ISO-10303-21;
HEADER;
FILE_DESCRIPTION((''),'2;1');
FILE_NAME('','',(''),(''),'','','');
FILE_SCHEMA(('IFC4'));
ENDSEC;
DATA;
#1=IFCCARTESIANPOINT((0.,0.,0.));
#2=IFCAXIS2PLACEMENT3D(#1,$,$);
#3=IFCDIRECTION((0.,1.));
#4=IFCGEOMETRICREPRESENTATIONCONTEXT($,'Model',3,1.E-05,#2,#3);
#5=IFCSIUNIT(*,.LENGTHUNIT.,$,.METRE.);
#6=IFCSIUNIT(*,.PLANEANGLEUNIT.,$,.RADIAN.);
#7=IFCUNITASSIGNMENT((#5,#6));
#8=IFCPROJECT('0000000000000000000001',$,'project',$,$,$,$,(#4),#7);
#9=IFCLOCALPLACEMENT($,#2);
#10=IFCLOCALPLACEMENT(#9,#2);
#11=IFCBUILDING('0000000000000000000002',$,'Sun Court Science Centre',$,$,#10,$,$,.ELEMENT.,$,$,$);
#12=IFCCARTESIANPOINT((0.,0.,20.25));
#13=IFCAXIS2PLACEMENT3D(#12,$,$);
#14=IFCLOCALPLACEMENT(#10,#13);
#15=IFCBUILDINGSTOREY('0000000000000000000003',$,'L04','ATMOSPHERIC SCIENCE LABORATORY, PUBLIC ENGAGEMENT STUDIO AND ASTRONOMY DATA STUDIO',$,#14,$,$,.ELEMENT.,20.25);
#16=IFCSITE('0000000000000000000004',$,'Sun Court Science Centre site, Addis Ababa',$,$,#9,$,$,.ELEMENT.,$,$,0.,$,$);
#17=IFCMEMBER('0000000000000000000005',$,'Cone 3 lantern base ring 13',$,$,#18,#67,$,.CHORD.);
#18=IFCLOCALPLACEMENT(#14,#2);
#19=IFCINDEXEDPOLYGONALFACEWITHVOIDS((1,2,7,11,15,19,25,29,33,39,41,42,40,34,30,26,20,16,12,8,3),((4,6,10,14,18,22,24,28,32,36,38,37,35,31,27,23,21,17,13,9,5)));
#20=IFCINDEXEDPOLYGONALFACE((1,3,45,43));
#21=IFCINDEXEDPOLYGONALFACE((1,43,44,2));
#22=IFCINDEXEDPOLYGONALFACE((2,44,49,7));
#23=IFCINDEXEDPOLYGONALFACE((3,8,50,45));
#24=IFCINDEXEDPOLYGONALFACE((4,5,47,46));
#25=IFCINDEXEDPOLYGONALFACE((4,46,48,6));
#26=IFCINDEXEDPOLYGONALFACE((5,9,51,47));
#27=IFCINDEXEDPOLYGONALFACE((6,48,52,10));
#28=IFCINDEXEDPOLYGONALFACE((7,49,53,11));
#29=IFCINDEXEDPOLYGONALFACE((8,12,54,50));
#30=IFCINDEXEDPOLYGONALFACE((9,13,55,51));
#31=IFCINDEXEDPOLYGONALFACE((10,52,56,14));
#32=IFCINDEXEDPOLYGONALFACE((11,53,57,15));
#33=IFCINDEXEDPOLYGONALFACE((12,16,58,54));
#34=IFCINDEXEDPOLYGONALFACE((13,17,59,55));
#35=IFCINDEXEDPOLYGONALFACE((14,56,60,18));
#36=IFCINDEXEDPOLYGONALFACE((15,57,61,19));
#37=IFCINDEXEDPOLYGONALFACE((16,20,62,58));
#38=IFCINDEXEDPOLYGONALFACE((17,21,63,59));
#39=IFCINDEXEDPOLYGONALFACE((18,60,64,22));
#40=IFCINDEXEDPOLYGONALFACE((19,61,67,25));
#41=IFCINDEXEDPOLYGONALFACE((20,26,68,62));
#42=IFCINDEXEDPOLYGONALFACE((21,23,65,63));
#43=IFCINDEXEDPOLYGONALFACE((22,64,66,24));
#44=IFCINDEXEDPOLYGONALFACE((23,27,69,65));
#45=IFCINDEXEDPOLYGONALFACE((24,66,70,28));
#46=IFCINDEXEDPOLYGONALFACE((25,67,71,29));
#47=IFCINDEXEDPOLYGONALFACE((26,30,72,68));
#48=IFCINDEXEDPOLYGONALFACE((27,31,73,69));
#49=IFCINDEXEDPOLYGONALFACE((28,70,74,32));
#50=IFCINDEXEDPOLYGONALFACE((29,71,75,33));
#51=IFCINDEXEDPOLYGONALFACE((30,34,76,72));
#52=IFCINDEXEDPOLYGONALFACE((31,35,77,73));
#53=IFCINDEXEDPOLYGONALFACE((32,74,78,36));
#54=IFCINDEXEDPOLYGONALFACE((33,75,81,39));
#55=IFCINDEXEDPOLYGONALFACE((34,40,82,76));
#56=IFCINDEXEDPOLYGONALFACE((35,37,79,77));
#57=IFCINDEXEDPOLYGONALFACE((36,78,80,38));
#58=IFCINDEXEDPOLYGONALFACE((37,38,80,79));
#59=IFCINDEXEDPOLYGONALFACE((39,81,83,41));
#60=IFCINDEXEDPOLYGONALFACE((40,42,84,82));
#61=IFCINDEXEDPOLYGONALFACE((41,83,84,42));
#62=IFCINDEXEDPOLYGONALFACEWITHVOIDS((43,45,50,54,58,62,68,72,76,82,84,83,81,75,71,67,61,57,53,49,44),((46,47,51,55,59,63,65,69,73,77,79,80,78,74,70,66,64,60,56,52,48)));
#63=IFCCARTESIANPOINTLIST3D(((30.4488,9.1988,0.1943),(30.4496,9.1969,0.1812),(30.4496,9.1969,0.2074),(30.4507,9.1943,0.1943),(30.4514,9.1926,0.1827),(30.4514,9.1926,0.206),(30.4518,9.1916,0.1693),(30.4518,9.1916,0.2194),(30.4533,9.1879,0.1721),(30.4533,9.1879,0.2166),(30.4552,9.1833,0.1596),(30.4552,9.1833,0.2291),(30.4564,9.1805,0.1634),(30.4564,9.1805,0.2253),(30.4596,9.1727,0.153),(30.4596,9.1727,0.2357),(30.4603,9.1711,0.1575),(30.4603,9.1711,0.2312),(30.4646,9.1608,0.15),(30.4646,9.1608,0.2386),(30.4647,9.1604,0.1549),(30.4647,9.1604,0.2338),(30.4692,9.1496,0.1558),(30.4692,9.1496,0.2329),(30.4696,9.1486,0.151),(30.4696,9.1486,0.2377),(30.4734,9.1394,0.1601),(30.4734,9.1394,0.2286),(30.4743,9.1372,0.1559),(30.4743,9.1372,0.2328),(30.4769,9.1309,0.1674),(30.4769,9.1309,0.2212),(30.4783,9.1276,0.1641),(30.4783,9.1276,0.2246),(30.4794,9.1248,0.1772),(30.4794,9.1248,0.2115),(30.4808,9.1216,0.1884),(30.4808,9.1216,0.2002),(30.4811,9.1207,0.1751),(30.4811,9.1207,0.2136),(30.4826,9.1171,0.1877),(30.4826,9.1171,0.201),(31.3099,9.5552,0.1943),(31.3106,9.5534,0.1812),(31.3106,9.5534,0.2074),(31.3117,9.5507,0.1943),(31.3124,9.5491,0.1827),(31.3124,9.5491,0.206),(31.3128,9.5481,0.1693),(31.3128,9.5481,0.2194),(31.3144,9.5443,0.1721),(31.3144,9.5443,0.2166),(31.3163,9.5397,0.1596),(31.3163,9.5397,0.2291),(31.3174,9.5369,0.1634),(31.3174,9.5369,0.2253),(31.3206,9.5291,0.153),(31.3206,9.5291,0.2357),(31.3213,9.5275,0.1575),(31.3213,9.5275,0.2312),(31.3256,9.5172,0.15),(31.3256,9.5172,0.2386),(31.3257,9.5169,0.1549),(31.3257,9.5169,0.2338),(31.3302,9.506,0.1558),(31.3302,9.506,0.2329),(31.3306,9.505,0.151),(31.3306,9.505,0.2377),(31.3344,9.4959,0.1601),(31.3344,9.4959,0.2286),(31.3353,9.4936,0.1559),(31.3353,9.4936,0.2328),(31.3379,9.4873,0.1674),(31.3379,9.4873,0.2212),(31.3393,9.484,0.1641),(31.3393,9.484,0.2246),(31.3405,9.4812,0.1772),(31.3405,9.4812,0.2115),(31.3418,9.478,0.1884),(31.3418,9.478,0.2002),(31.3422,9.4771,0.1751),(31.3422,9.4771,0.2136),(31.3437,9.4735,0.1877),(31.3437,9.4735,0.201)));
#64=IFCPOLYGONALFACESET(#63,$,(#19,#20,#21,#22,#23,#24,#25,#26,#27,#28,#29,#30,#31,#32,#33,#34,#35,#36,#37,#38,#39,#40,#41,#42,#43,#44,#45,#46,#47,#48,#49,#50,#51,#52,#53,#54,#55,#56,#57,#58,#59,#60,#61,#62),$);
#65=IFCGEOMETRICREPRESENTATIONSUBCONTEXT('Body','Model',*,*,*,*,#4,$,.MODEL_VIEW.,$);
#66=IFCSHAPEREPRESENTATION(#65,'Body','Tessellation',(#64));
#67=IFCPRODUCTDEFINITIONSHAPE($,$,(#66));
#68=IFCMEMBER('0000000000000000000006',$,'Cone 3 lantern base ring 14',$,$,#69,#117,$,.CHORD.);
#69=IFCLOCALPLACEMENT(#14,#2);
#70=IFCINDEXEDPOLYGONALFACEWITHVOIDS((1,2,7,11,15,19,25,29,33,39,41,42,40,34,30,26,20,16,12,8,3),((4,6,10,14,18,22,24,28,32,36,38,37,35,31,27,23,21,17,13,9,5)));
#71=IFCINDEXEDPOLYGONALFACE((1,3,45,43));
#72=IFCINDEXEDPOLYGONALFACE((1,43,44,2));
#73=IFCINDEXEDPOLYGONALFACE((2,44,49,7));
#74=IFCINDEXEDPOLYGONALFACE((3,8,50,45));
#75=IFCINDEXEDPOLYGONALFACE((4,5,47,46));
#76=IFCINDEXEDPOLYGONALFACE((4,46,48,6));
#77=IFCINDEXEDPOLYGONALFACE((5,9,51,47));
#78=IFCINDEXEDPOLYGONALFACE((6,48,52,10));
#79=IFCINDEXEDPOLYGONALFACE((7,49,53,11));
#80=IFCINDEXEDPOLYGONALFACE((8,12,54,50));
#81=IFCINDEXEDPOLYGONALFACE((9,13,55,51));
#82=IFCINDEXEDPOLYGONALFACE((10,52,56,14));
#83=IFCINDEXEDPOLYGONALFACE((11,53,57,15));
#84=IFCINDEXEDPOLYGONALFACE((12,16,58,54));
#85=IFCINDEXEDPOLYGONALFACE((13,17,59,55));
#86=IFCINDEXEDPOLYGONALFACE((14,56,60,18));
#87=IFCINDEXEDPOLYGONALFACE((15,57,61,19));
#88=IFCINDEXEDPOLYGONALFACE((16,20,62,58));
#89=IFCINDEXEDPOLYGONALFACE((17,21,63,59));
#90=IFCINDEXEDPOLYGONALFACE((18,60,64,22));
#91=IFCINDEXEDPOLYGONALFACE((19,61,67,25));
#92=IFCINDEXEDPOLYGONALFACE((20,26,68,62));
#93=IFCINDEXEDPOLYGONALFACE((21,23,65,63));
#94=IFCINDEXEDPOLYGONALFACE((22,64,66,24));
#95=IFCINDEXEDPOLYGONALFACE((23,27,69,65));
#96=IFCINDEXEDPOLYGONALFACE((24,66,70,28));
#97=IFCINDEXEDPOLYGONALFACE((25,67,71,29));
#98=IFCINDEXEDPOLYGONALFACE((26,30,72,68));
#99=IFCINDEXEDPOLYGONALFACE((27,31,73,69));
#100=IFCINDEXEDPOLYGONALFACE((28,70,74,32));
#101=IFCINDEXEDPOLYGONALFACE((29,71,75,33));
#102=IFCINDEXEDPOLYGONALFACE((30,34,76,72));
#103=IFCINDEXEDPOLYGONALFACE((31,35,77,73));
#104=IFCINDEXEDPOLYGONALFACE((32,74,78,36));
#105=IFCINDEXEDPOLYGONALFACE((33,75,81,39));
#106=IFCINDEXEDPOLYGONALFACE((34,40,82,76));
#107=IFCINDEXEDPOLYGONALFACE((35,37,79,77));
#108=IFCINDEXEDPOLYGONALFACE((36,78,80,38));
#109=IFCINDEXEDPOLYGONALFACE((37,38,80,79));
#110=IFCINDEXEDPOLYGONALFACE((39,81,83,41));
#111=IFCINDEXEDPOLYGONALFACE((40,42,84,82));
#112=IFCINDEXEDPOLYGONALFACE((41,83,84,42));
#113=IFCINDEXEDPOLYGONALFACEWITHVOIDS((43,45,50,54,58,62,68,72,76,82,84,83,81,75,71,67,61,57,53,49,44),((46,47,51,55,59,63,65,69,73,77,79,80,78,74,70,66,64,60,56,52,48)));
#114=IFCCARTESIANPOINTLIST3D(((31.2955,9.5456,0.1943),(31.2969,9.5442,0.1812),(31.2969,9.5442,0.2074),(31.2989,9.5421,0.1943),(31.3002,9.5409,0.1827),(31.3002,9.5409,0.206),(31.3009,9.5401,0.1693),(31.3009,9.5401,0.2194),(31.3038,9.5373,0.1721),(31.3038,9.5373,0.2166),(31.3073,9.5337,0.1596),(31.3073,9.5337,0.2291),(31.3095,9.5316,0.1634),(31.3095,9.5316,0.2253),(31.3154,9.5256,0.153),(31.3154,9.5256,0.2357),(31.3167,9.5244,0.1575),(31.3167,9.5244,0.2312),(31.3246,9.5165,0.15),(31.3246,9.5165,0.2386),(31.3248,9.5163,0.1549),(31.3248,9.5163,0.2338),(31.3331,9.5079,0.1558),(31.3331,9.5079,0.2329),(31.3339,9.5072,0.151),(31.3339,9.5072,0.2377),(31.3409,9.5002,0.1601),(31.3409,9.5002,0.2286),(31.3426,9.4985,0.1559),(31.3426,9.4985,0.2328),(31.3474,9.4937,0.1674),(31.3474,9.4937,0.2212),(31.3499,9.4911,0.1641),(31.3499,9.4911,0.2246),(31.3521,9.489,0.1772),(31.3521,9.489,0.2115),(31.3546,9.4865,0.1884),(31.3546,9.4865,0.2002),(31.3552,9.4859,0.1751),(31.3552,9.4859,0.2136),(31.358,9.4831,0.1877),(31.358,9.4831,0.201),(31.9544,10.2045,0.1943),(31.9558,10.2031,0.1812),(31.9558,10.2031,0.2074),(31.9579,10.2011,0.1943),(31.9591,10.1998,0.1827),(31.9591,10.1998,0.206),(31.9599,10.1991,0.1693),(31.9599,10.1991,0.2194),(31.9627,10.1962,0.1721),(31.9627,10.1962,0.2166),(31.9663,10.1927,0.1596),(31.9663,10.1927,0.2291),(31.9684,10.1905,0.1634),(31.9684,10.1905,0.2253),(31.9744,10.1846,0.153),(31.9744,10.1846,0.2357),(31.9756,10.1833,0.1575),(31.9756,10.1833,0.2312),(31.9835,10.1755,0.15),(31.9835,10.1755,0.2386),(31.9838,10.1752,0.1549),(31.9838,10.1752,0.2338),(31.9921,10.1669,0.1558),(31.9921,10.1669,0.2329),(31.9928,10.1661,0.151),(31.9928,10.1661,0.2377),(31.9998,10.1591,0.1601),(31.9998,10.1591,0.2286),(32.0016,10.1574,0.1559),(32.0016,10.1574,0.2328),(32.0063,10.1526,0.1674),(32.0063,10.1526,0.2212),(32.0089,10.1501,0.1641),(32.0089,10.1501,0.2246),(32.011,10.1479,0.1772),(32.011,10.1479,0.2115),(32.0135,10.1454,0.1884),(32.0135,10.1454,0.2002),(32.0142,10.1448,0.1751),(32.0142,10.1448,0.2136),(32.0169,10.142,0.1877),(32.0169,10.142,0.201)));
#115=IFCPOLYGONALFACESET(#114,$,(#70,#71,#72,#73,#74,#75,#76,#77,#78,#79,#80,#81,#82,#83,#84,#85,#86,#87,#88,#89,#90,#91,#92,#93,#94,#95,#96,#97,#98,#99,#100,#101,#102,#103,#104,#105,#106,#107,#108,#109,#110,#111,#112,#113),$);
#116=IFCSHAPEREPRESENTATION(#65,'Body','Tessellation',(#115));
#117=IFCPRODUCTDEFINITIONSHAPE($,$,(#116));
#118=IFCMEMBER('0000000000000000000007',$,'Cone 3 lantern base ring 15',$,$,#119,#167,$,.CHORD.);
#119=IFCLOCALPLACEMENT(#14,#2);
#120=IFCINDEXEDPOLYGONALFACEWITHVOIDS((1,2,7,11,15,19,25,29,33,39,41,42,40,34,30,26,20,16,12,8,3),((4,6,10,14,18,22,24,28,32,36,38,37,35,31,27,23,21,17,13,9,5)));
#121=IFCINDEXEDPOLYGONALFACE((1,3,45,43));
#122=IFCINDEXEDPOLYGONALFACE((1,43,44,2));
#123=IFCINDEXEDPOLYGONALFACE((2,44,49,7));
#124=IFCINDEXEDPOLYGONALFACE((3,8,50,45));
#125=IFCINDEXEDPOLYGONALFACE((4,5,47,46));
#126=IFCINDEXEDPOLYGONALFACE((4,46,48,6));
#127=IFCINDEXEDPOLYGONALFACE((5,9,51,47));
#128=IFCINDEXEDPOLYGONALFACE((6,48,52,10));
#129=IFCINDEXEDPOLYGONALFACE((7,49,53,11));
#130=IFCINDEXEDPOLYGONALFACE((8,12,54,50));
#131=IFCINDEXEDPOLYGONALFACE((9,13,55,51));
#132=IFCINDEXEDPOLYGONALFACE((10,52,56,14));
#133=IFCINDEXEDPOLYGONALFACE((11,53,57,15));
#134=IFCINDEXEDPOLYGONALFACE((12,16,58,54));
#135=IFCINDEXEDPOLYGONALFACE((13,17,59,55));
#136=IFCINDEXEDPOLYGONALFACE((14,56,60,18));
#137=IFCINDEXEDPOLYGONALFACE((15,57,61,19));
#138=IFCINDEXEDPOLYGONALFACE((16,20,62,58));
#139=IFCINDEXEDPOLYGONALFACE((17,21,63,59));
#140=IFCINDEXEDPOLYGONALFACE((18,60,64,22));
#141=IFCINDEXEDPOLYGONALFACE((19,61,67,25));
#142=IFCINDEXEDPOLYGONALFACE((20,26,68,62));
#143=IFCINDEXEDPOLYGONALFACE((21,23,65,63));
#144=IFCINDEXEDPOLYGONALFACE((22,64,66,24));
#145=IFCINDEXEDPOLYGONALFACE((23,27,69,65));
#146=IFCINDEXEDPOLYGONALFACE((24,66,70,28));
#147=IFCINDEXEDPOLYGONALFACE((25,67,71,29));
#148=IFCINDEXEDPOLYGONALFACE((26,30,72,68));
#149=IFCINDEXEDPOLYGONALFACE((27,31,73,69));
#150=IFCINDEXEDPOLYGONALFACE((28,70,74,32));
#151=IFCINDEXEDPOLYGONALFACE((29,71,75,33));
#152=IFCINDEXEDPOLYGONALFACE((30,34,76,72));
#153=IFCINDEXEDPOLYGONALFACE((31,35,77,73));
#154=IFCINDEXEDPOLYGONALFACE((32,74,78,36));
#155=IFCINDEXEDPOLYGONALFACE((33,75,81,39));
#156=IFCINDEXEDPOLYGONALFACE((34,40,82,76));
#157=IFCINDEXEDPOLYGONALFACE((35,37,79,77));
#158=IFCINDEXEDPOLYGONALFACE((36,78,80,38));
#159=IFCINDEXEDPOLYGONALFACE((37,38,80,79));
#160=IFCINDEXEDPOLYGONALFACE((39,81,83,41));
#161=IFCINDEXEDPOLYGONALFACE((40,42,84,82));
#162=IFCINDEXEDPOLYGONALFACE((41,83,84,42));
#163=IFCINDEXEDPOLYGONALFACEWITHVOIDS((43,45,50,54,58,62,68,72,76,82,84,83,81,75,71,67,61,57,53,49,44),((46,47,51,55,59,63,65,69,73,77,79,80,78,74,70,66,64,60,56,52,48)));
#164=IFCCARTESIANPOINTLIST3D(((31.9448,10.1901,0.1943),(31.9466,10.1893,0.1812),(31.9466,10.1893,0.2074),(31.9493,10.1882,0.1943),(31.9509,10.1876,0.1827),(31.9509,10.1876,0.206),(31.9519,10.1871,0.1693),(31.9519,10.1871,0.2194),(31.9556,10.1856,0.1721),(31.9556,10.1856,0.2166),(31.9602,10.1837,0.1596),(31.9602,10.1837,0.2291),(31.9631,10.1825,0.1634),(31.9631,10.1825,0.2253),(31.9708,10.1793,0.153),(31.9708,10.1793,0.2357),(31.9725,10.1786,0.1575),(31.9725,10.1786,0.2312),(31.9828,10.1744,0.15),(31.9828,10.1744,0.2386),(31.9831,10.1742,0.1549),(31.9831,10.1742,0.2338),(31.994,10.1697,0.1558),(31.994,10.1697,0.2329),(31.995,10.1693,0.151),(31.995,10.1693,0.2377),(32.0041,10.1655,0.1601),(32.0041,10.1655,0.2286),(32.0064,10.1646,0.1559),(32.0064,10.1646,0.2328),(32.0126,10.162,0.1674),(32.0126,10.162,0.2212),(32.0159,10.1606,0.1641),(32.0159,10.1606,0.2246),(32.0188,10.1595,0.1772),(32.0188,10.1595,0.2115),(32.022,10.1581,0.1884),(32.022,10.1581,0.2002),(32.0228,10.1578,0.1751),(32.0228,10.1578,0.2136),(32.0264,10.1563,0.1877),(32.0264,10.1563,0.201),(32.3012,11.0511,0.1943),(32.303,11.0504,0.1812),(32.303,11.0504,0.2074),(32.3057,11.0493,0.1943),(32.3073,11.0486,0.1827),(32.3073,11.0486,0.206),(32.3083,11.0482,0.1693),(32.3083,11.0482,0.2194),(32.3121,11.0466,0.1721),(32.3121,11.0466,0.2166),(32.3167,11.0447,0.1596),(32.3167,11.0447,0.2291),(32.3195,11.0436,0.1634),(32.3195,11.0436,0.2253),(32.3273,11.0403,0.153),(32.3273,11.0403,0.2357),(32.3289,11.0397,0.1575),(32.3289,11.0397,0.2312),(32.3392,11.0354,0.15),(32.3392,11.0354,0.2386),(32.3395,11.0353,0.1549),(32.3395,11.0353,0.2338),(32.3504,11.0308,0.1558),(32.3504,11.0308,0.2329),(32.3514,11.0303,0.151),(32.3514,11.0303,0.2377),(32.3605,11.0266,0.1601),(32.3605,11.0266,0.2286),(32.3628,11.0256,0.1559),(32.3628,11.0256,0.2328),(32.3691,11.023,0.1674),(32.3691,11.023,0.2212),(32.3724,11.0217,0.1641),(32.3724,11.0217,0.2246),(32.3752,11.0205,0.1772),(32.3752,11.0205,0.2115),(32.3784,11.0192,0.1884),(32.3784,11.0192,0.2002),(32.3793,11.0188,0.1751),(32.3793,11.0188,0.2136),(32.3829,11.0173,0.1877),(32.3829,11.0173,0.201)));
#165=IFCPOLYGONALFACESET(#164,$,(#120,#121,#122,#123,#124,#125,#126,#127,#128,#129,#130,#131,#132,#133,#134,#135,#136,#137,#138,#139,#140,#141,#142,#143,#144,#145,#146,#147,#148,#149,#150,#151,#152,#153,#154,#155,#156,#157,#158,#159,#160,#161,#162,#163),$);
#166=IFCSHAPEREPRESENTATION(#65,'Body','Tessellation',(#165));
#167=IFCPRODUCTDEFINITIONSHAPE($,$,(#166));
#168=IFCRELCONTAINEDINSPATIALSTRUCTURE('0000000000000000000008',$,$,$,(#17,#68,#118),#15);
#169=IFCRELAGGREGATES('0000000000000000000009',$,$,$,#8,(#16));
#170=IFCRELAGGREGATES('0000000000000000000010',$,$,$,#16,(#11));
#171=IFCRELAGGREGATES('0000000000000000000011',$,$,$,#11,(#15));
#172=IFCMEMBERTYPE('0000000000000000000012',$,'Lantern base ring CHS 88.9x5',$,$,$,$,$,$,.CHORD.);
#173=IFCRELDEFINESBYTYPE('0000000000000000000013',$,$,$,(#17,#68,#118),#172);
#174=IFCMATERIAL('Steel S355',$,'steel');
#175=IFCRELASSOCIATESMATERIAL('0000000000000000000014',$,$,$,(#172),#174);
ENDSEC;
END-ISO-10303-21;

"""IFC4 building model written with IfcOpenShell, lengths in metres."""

from ifc_helpers import new_model, si_unit, direction, frame, origin, origin_2d, place, context, subcontext, project, spatial, hollow_circle, extrude, material, material_profile, profile_set, type_object, element, save


model = new_model("IFC4")

# Units and contexts
model_context = context("Model", 3, precision=1e-05, world=origin(), true_north=direction((0.0, 1.0)))
body_context = subcontext(model_context, "Body", "Model", "MODEL_VIEW")
ifc_project = project(units=[si_unit("LENGTHUNIT", "METRE"), si_unit("PLANEANGLEUNIT", "RADIAN")], contexts=[model_context])

# Site, building, storey
site_placement = place(None, origin())
site = spatial("IfcSite", under=ifc_project, at=site_placement, Name="Sun Court Science Centre site, Addis Ababa", CompositionType="ELEMENT", RefElevation=0.0)
building_placement = place(site_placement, origin())
building = spatial("IfcBuilding", under=site, at=building_placement, Name="Sun Court Science Centre", CompositionType="ELEMENT")
storey_placement = place(building_placement, frame((0.0, 0.0, 20.25)))
storey = spatial("IfcBuildingStorey", under=building, at=storey_placement, Name="L04", Description="ATMOSPHERIC SCIENCE LABORATORY, PUBLIC ENGAGEMENT STUDIO AND ASTRONOMY DATA STUDIO", CompositionType="ELEMENT", Elevation=20.25)

# Members
ifc_material_1 = material(Name="Steel S355", Category="steel")
ifc_material_profile_1 = material_profile(ifc_material_1, hollow_circle(Radius=0.0444, WallThickness=0.0049, at=origin_2d()), Name="CHS 88.9x5")
ifc_profile_set_1 = profile_set([ifc_material_profile_1], Name="Steel S355")
member_type_1 = type_object("IfcMemberType", Name="Lantern base ring CHS 88.9x5", PredefinedType="CHORD", material=ifc_profile_set_1)
for number, where, z_axis, x_axis, name in (
    (1, (30.4658, 9.1577, 0.1943), (0.923966, 0.382475, 0.0), (-0.382475, 0.923966, 0.0), "Cone 3 lantern base ring 13"),
    (2, (31.3269, 9.5142, 0.1943), (0.707107, 0.707107, 0.0), (-0.707107, 0.707107, 0.0), "Cone 3 lantern base ring 14"),
    (3, (31.9858, 10.1731, 0.1943), (0.382475, 0.923966, 0.0), (-0.923966, 0.382475, 0.0), "Cone 3 lantern base ring 15"),
):
    element("IfcMember", number, at=place(storey_placement, frame(where, z_axis=z_axis, x_axis=x_axis)), inside=storey, type_object=member_type_1, Name=name, PredefinedType="CHORD", context=body_context, shape_type="SweptSolid", body=[
        extrude(hollow_circle(Radius=0.0444, WallThickness=0.0049, at=origin_2d()), origin(), (0.0, 0.0, 1.0), 0.9319),
    ])

save(model, "model.ifc")
